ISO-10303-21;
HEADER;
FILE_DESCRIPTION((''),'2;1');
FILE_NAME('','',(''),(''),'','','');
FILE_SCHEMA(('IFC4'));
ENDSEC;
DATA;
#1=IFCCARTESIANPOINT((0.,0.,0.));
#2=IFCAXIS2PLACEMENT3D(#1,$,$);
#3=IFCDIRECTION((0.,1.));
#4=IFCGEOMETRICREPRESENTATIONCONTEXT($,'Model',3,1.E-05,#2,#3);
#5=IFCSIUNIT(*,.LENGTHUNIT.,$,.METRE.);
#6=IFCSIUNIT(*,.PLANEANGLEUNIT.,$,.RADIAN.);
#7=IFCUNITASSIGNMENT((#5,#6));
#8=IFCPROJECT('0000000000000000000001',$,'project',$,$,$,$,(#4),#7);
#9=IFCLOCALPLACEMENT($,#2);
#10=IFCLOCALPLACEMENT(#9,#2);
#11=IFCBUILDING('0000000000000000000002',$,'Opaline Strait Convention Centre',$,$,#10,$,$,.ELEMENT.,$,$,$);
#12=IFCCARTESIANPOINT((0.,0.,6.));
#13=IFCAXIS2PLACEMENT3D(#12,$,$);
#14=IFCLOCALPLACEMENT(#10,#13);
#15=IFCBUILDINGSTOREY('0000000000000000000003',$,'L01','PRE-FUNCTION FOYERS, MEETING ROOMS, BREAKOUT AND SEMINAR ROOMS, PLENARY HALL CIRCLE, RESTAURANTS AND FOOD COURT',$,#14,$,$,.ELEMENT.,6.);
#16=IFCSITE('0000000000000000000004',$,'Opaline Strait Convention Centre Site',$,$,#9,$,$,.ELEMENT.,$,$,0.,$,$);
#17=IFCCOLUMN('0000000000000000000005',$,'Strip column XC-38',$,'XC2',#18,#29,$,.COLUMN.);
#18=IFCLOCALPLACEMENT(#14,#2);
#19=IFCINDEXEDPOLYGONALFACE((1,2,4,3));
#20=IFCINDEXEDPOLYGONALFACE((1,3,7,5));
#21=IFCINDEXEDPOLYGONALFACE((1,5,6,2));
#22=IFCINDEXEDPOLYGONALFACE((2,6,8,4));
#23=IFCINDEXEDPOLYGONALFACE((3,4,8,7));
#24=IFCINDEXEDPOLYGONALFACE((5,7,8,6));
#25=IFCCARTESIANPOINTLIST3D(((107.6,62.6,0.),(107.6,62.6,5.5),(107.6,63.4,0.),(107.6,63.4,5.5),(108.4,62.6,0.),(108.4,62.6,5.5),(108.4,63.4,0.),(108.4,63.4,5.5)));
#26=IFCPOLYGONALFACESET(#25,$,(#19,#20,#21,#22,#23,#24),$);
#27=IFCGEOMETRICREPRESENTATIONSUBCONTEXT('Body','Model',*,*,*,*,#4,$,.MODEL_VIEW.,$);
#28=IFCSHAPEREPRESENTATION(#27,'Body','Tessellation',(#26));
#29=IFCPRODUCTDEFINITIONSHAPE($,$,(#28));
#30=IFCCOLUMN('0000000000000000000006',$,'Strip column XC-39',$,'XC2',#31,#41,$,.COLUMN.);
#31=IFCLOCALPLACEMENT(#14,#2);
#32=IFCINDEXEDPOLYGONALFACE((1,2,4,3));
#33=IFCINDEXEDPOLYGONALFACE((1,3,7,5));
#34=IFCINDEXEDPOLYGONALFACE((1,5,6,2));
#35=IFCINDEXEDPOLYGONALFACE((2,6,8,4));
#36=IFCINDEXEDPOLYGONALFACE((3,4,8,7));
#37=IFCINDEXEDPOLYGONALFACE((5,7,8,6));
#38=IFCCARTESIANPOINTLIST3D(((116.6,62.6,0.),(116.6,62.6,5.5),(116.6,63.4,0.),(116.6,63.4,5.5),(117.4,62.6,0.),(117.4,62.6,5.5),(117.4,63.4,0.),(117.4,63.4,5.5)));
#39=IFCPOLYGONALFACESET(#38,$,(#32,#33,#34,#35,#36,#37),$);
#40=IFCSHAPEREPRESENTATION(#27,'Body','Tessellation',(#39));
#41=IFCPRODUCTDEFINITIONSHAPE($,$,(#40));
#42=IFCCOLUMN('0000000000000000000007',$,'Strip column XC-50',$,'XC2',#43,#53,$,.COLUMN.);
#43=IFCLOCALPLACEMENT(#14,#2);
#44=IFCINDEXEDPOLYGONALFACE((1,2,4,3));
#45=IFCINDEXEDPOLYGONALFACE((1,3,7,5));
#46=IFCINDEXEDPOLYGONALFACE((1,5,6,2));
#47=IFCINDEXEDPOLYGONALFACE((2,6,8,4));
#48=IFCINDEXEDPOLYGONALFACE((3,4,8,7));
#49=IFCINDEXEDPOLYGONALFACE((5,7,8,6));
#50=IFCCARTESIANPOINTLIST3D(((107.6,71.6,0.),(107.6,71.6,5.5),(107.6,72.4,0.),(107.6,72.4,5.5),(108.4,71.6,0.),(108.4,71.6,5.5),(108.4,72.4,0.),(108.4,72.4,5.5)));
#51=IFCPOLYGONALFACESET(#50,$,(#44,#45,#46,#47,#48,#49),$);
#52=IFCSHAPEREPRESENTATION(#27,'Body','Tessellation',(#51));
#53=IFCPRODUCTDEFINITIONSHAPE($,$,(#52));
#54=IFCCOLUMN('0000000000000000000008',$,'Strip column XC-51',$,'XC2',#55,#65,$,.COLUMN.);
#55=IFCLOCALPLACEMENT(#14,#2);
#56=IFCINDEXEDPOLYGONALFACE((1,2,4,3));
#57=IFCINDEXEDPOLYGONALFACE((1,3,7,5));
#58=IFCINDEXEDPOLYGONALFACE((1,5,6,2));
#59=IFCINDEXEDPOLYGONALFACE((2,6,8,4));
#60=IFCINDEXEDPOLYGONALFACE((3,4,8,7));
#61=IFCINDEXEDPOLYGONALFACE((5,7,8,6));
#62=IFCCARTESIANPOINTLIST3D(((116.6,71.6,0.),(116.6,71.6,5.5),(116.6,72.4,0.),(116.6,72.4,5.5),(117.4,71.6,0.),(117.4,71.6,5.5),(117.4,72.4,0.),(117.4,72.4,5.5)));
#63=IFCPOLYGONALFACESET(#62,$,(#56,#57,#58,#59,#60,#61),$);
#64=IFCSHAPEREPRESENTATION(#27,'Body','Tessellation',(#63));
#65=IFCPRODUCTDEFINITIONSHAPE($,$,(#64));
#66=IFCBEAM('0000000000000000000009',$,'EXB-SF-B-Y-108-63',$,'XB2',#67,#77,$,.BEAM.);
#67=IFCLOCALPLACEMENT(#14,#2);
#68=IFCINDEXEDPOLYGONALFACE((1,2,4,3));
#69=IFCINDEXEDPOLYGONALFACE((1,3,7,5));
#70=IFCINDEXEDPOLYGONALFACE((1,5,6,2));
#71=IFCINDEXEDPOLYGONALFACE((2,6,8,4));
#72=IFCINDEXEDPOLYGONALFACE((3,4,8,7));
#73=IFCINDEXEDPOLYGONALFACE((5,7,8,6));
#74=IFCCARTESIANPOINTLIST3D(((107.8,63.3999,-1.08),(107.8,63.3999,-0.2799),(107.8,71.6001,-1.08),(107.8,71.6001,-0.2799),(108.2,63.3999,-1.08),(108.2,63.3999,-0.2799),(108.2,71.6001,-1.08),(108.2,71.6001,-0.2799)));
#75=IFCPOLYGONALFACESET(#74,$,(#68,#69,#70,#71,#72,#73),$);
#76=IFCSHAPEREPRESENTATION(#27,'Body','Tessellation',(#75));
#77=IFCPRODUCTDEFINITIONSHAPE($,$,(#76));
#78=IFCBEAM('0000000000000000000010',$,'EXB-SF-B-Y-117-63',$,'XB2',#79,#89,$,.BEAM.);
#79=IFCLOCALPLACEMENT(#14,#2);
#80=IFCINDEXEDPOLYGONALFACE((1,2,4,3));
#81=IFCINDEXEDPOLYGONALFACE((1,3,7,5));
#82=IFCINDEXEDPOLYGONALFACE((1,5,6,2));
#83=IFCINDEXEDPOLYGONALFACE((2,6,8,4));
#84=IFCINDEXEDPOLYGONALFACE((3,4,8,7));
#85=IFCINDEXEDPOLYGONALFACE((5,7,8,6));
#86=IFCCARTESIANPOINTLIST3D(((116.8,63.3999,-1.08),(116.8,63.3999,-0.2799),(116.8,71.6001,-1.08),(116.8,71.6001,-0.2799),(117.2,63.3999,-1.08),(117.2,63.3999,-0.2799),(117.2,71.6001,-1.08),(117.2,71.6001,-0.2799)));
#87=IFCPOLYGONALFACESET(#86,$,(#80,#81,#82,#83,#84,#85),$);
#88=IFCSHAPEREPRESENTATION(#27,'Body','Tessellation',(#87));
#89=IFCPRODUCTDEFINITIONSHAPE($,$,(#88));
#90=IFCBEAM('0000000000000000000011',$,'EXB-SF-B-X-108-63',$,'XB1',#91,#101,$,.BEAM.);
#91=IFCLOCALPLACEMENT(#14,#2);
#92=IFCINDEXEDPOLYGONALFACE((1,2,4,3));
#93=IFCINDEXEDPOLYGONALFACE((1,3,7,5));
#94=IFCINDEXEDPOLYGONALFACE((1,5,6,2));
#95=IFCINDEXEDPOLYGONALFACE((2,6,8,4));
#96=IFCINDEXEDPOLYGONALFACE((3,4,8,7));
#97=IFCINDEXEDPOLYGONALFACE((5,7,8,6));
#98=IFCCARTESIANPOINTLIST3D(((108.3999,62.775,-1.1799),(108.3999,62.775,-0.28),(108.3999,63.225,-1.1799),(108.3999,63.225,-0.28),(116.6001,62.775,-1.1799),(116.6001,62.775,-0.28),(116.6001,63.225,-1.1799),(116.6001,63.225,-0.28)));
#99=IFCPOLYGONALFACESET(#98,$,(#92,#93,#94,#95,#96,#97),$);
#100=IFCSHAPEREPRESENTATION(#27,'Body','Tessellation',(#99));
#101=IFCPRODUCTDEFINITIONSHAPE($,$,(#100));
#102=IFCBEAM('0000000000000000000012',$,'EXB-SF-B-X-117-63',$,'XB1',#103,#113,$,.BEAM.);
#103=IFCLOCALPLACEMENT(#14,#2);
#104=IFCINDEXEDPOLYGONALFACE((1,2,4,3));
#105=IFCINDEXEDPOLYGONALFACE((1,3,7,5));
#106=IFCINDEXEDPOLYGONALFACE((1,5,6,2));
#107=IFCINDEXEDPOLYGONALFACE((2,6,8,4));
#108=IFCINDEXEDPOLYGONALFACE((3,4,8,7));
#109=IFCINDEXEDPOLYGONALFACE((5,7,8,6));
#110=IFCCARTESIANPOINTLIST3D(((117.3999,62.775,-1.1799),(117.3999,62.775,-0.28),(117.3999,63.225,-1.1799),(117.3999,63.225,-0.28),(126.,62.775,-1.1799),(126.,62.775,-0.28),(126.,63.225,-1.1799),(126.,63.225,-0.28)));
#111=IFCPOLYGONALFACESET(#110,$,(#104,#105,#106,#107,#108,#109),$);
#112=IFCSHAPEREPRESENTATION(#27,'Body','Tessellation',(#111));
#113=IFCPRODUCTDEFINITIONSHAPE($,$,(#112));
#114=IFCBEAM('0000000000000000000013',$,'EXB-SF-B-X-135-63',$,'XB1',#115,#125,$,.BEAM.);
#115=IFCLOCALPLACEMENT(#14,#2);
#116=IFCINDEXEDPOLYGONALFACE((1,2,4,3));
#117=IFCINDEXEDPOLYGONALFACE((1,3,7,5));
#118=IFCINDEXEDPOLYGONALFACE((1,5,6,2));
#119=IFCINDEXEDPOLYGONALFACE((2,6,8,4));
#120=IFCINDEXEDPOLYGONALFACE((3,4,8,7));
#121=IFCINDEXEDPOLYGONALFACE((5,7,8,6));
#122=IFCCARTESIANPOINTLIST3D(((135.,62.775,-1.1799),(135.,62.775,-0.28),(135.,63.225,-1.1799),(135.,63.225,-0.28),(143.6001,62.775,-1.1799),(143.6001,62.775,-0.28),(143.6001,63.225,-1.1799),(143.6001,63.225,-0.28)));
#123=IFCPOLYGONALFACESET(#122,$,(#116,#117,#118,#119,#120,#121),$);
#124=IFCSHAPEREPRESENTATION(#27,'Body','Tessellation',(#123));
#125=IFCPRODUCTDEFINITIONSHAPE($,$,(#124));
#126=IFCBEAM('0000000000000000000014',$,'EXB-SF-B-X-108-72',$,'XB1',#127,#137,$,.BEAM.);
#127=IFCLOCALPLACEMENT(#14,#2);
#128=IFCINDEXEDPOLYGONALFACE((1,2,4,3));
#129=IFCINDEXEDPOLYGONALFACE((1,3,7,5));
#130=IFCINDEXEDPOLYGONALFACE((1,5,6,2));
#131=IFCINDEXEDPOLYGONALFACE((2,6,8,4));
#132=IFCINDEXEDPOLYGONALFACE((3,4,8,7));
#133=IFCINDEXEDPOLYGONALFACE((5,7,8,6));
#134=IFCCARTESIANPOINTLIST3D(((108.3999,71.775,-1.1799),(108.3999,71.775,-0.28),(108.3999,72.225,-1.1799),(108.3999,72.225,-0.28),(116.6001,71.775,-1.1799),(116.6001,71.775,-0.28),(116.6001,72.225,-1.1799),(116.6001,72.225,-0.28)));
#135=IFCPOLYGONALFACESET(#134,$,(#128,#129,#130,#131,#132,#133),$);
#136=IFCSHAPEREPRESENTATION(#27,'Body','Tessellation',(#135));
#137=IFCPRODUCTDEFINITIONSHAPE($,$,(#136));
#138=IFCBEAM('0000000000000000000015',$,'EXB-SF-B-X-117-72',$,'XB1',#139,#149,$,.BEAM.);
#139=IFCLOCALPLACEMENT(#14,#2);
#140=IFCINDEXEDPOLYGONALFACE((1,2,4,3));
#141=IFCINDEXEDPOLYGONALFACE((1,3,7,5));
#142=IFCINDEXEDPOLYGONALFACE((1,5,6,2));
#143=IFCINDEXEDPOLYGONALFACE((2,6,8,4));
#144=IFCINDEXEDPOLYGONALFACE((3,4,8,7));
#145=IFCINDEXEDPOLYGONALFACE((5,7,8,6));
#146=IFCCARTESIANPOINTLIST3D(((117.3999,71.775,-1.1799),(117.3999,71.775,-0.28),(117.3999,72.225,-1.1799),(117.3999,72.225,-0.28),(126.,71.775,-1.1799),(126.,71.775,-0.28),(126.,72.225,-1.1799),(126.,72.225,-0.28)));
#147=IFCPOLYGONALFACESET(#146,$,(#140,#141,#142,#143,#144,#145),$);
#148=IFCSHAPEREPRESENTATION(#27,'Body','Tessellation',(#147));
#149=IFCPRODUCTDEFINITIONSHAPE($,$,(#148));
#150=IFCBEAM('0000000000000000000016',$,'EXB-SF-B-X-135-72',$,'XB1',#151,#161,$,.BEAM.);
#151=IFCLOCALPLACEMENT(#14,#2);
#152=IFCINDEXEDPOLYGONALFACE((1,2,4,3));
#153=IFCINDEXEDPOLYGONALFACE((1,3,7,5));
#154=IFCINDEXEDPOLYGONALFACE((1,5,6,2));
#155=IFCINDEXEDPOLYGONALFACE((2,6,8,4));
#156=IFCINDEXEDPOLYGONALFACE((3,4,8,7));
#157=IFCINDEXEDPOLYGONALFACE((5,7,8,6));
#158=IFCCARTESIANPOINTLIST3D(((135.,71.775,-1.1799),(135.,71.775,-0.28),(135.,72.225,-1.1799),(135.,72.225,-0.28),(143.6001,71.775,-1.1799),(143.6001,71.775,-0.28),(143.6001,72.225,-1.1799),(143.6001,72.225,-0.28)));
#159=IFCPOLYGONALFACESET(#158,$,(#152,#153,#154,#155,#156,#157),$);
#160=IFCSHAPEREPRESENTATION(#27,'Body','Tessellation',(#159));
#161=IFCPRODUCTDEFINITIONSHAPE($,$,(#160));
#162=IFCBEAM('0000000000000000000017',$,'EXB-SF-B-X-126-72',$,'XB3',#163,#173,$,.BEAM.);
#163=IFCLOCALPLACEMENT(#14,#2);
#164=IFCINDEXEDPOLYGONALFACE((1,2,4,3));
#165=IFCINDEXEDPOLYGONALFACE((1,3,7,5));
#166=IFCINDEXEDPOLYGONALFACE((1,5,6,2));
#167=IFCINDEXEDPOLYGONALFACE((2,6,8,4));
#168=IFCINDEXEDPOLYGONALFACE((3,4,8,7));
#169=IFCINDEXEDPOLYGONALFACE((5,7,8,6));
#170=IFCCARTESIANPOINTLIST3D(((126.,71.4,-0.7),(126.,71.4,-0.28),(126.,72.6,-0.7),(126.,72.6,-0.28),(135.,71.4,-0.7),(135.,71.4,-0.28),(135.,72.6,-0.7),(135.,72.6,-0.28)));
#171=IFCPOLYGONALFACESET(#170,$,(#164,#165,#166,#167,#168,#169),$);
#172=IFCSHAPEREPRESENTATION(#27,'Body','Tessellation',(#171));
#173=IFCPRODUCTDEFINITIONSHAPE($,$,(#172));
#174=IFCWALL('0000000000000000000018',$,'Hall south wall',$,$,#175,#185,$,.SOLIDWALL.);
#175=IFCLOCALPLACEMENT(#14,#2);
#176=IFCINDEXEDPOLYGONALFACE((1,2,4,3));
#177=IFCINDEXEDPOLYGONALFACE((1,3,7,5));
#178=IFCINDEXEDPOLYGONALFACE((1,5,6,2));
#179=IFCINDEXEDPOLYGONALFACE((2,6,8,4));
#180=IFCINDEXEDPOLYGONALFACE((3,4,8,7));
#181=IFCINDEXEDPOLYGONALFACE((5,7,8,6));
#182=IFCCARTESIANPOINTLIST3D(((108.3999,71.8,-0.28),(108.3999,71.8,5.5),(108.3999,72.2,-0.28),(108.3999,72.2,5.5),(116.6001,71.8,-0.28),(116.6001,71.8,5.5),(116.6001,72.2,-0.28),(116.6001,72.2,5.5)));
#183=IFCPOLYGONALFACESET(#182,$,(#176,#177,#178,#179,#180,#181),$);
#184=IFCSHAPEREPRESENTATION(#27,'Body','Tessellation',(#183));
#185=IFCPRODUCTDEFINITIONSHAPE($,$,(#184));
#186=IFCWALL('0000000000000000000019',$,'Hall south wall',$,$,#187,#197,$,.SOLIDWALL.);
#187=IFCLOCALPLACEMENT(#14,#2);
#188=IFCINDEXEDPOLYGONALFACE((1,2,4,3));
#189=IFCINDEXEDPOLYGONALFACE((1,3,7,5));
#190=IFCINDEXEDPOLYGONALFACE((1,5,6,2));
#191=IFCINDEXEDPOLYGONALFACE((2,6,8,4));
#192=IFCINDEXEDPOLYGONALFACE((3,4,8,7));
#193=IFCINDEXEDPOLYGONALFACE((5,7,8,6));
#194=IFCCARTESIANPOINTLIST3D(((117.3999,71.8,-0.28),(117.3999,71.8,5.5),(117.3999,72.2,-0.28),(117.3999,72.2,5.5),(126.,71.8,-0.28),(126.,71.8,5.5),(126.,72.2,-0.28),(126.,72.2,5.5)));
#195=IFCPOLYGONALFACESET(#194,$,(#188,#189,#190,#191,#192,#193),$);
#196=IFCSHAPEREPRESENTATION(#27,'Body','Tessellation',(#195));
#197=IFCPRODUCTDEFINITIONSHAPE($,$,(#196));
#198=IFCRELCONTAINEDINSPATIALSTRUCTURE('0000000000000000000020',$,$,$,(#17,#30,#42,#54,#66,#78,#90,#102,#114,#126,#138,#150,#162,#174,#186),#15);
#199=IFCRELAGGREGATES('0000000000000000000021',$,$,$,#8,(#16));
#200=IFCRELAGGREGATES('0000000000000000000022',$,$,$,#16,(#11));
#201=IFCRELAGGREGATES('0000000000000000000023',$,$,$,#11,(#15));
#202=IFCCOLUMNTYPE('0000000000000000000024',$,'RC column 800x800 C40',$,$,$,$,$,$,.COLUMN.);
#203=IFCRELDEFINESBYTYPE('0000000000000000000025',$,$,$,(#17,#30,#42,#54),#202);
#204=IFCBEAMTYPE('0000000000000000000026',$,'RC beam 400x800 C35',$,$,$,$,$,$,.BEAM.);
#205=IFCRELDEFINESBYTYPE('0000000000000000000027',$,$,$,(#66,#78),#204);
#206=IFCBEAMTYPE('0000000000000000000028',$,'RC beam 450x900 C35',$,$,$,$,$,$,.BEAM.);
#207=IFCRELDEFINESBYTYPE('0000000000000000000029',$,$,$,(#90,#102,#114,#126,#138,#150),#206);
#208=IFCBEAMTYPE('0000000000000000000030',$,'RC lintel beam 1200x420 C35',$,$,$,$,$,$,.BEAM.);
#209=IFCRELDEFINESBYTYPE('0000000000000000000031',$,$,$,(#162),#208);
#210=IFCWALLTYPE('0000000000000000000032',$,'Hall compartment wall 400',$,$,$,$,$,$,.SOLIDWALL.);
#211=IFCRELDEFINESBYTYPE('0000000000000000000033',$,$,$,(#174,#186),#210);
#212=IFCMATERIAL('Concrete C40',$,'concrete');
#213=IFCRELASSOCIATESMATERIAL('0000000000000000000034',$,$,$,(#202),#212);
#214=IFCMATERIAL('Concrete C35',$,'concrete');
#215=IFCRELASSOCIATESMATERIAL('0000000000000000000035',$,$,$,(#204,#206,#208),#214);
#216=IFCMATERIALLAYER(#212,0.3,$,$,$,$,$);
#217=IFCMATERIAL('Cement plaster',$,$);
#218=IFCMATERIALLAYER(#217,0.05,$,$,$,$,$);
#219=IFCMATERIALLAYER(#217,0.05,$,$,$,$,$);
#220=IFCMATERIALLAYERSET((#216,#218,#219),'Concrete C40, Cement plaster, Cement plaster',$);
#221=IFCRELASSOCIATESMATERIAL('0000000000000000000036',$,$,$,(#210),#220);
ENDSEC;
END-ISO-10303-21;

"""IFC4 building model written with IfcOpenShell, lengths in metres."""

from ifc_helpers import new_model, si_unit, direction, frame, frame_2d, origin, origin_2d, place, context, subcontext, project, spatial, rectangle, extrude, material, layer, layer_set, material_profile, profile_set, type_object, element, save


model = new_model("IFC4")

# Units and contexts
model_context = context("Model", 3, precision=1e-05, world=origin(), true_north=direction((0.0, 1.0)))
body_context = subcontext(model_context, "Body", "Model", "MODEL_VIEW")
ifc_project = project(units=[si_unit("LENGTHUNIT", "METRE"), si_unit("PLANEANGLEUNIT", "RADIAN")], contexts=[model_context])

# Site, building, storey
site_placement = place(None, origin())
site = spatial("IfcSite", under=ifc_project, at=site_placement, Name="Opaline Strait Convention Centre Site", CompositionType="ELEMENT", RefElevation=0.0)
building_placement = place(site_placement, origin())
building = spatial("IfcBuilding", under=site, at=building_placement, Name="Opaline Strait Convention Centre", CompositionType="ELEMENT")
storey_placement = place(building_placement, frame((0.0, 0.0, 6.0)))
storey = spatial("IfcBuildingStorey", under=building, at=storey_placement, Name="L01", Description="PRE-FUNCTION FOYERS, MEETING ROOMS, BREAKOUT AND SEMINAR ROOMS, PLENARY HALL CIRCLE, RESTAURANTS AND FOOD COURT", CompositionType="ELEMENT", Elevation=6.0)

# Columns
ifc_material_1 = material(Name="Concrete C40", Category="concrete")
ifc_material_profile_1 = material_profile(ifc_material_1, rectangle(XDim=0.8, YDim=0.8, at=origin_2d()), Name="RC 800x800")
ifc_profile_set_1 = profile_set([ifc_material_profile_1], Name="Concrete C40")
column_type = type_object("IfcColumnType", Name="RC column 800x800 C40", PredefinedType="COLUMN", material=ifc_profile_set_1)
for number, where, z_axis, x_axis, name in (
    (1, (108.0, 63.0, 0.0), (0.0, 0.0, 1.0), (1.0, 0.0, 0.0), "Strip column XC-38"),
    (2, (117.0, 63.0, 0.0), (0.0, 0.0, 1.0), (1.0, 0.0, 0.0), "Strip column XC-39"),
    (3, (108.0, 72.0, 0.0), (0.0, 0.0, 1.0), (1.0, 0.0, 0.0), "Strip column XC-50"),
    (4, (117.0, 72.0, 0.0), (0.0, 0.0, 1.0), (1.0, 0.0, 0.0), "Strip column XC-51"),
):
    element("IfcColumn", number, at=place(storey_placement, frame(where, z_axis=z_axis, x_axis=x_axis)), inside=storey, type_object=column_type, Name=name, ObjectType="XC2", PredefinedType="COLUMN", context=body_context, shape_type="SweptSolid", body=[
        extrude(rectangle(XDim=0.8, YDim=0.8, at=origin_2d()), origin(), (0.0, 0.0, 1.0), 5.5),
    ])

# Beams
ifc_material_2 = material(Name="Concrete C35", Category="concrete")
ifc_material_profile_2 = material_profile(ifc_material_2, rectangle(XDim=0.3999, YDim=0.8, at=origin_2d()), Name="RC 400x800")
ifc_profile_set_2 = profile_set([ifc_material_profile_2], Name="Concrete C35")
beam_type_1 = type_object("IfcBeamType", Name="RC beam 400x800 C35", PredefinedType="BEAM", material=ifc_profile_set_2)
for number, where, z_axis, x_axis, name in (
    (5, (108.0, 63.3999, -0.6799), (0.0, 1.0, 0.0), (-1.0, 0.0, 0.0), "EXB-SF-B-Y-108-63"),
    (6, (117.0, 63.3999, -0.6799), (0.0, 1.0, 0.0), (-1.0, 0.0, 0.0), "EXB-SF-B-Y-117-63"),
):
    element("IfcBeam", number, at=place(storey_placement, frame(where, z_axis=z_axis, x_axis=x_axis)), inside=storey, type_object=beam_type_1, Name=name, ObjectType="XB2", PredefinedType="BEAM", context=body_context, shape_type="SweptSolid", body=[
        extrude(rectangle(XDim=0.3999, YDim=0.8, at=origin_2d()), origin(), (0.0, 0.0, 1.0), 8.2002),
    ])
ifc_material_profile_3 = material_profile(ifc_material_2, rectangle(XDim=0.45, YDim=0.8999, at=origin_2d()), Name="RC 450x900")
ifc_profile_set_3 = profile_set([ifc_material_profile_3], Name="Concrete C35")
beam_type_2 = type_object("IfcBeamType", Name="RC beam 450x900 C35", PredefinedType="BEAM", material=ifc_profile_set_3)
beam_1_placement = place(storey_placement, frame((108.3999, 63.0, -0.73), z_axis=(1.0, 0.0, 0.0), x_axis=(0.0, 1.0, 0.0)))
element("IfcBeam", 7, at=beam_1_placement, inside=storey, type_object=beam_type_2, Name="EXB-SF-B-X-108-63", ObjectType="XB1", PredefinedType="BEAM", context=body_context, shape_type="SweptSolid", body=[
    extrude(rectangle(XDim=0.45, YDim=0.8999, at=origin_2d()), origin(), (0.0, 0.0, 1.0), 8.2002),
])
for number, where, z_axis, x_axis, name in (
    (8, (117.3999, 63.0, -0.73), (1.0, 0.0, 0.0), (0.0, 1.0, 0.0), "EXB-SF-B-X-117-63"),
    (9, (135.0, 63.0, -0.73), (1.0, 0.0, 0.0), (0.0, 1.0, 0.0), "EXB-SF-B-X-135-63"),
):
    element("IfcBeam", number, at=place(storey_placement, frame(where, z_axis=z_axis, x_axis=x_axis)), inside=storey, type_object=beam_type_2, Name=name, ObjectType="XB1", PredefinedType="BEAM", context=body_context, shape_type="SweptSolid", body=[
        extrude(rectangle(XDim=0.45, YDim=0.8999, at=origin_2d()), origin(), (0.0, 0.0, 1.0), 8.6001),
    ])
beam_2_placement = place(storey_placement, frame((108.3999, 72.0, -0.73), z_axis=(1.0, 0.0, 0.0), x_axis=(0.0, 1.0, 0.0)))
element("IfcBeam", 10, at=beam_2_placement, inside=storey, type_object=beam_type_2, Name="EXB-SF-B-X-108-72", ObjectType="XB1", PredefinedType="BEAM", context=body_context, shape_type="SweptSolid", body=[
    extrude(rectangle(XDim=0.45, YDim=0.8999, at=origin_2d()), origin(), (0.0, 0.0, 1.0), 8.2002),
])
for number, where, z_axis, x_axis, name in (
    (11, (117.3999, 72.0, -0.73), (1.0, 0.0, 0.0), (0.0, 1.0, 0.0), "EXB-SF-B-X-117-72"),
    (12, (135.0, 72.0, -0.73), (1.0, 0.0, 0.0), (0.0, 1.0, 0.0), "EXB-SF-B-X-135-72"),
):
    element("IfcBeam", number, at=place(storey_placement, frame(where, z_axis=z_axis, x_axis=x_axis)), inside=storey, type_object=beam_type_2, Name=name, ObjectType="XB1", PredefinedType="BEAM", context=body_context, shape_type="SweptSolid", body=[
        extrude(rectangle(XDim=0.45, YDim=0.8999, at=origin_2d()), origin(), (0.0, 0.0, 1.0), 8.6001),
    ])
ifc_material_profile_4 = material_profile(ifc_material_2, rectangle(XDim=1.2, YDim=0.4199, at=origin_2d()), Name="RC 1200x420")
ifc_profile_set_4 = profile_set([ifc_material_profile_4], Name="Concrete C35")
beam_type_3 = type_object("IfcBeamType", Name="RC lintel beam 1200x420 C35", PredefinedType="BEAM", material=ifc_profile_set_4)
beam_3_placement = place(storey_placement, frame((126.0, 72.0, -0.49), z_axis=(1.0, 0.0, 0.0), x_axis=(0.0, 1.0, 0.0)))
element("IfcBeam", 13, at=beam_3_placement, inside=storey, type_object=beam_type_3, Name="EXB-SF-B-X-126-72", ObjectType="XB3", PredefinedType="BEAM", context=body_context, shape_type="SweptSolid", body=[
    extrude(rectangle(XDim=1.2, YDim=0.4199, at=origin_2d()), origin(), (0.0, 0.0, 1.0), 9.0),
])

# Walls
ifc_layer_1 = layer(ifc_material_1, 0.3)
ifc_material_3 = material(Name="Cement plaster")
ifc_layer_2 = layer(ifc_material_3, 0.05)
ifc_layer_3 = layer(ifc_material_3, 0.05)
ifc_layer_set_1 = layer_set([ifc_layer_1, ifc_layer_2, ifc_layer_3], Name="Concrete C40, Cement plaster, Cement plaster")
wall_type_1 = type_object("IfcWallType", Name="Hall compartment wall 400", PredefinedType="SOLIDWALL", material=ifc_layer_set_1)
wall_1_placement = place(storey_placement, frame((108.3999, 72.0, -0.28), z_axis=(0.0, 0.0, 1.0), x_axis=(1.0, 0.0, 0.0)))
element("IfcWall", 14, at=wall_1_placement, inside=storey, type_object=wall_type_1, Name="Hall south wall", PredefinedType="SOLIDWALL", context=body_context, shape_type="SweptSolid", body=[
    extrude(rectangle(XDim=8.2002, YDim=0.3999, at=frame_2d((4.1001, 0.0))), origin(), (0.0, 0.0, 1.0), 5.78),
])
wall_2_placement = place(storey_placement, frame((117.3999, 72.0, -0.28), z_axis=(0.0, 0.0, 1.0), x_axis=(1.0, 0.0, 0.0)))
element("IfcWall", 15, at=wall_2_placement, inside=storey, type_object=wall_type_1, Name="Hall south wall", PredefinedType="SOLIDWALL", context=body_context, shape_type="SweptSolid", body=[
    extrude(rectangle(XDim=8.6001, YDim=0.3999, at=frame_2d((4.3, 0.0))), origin(), (0.0, 0.0, 1.0), 5.78),
])

save(model, "model.ifc")
